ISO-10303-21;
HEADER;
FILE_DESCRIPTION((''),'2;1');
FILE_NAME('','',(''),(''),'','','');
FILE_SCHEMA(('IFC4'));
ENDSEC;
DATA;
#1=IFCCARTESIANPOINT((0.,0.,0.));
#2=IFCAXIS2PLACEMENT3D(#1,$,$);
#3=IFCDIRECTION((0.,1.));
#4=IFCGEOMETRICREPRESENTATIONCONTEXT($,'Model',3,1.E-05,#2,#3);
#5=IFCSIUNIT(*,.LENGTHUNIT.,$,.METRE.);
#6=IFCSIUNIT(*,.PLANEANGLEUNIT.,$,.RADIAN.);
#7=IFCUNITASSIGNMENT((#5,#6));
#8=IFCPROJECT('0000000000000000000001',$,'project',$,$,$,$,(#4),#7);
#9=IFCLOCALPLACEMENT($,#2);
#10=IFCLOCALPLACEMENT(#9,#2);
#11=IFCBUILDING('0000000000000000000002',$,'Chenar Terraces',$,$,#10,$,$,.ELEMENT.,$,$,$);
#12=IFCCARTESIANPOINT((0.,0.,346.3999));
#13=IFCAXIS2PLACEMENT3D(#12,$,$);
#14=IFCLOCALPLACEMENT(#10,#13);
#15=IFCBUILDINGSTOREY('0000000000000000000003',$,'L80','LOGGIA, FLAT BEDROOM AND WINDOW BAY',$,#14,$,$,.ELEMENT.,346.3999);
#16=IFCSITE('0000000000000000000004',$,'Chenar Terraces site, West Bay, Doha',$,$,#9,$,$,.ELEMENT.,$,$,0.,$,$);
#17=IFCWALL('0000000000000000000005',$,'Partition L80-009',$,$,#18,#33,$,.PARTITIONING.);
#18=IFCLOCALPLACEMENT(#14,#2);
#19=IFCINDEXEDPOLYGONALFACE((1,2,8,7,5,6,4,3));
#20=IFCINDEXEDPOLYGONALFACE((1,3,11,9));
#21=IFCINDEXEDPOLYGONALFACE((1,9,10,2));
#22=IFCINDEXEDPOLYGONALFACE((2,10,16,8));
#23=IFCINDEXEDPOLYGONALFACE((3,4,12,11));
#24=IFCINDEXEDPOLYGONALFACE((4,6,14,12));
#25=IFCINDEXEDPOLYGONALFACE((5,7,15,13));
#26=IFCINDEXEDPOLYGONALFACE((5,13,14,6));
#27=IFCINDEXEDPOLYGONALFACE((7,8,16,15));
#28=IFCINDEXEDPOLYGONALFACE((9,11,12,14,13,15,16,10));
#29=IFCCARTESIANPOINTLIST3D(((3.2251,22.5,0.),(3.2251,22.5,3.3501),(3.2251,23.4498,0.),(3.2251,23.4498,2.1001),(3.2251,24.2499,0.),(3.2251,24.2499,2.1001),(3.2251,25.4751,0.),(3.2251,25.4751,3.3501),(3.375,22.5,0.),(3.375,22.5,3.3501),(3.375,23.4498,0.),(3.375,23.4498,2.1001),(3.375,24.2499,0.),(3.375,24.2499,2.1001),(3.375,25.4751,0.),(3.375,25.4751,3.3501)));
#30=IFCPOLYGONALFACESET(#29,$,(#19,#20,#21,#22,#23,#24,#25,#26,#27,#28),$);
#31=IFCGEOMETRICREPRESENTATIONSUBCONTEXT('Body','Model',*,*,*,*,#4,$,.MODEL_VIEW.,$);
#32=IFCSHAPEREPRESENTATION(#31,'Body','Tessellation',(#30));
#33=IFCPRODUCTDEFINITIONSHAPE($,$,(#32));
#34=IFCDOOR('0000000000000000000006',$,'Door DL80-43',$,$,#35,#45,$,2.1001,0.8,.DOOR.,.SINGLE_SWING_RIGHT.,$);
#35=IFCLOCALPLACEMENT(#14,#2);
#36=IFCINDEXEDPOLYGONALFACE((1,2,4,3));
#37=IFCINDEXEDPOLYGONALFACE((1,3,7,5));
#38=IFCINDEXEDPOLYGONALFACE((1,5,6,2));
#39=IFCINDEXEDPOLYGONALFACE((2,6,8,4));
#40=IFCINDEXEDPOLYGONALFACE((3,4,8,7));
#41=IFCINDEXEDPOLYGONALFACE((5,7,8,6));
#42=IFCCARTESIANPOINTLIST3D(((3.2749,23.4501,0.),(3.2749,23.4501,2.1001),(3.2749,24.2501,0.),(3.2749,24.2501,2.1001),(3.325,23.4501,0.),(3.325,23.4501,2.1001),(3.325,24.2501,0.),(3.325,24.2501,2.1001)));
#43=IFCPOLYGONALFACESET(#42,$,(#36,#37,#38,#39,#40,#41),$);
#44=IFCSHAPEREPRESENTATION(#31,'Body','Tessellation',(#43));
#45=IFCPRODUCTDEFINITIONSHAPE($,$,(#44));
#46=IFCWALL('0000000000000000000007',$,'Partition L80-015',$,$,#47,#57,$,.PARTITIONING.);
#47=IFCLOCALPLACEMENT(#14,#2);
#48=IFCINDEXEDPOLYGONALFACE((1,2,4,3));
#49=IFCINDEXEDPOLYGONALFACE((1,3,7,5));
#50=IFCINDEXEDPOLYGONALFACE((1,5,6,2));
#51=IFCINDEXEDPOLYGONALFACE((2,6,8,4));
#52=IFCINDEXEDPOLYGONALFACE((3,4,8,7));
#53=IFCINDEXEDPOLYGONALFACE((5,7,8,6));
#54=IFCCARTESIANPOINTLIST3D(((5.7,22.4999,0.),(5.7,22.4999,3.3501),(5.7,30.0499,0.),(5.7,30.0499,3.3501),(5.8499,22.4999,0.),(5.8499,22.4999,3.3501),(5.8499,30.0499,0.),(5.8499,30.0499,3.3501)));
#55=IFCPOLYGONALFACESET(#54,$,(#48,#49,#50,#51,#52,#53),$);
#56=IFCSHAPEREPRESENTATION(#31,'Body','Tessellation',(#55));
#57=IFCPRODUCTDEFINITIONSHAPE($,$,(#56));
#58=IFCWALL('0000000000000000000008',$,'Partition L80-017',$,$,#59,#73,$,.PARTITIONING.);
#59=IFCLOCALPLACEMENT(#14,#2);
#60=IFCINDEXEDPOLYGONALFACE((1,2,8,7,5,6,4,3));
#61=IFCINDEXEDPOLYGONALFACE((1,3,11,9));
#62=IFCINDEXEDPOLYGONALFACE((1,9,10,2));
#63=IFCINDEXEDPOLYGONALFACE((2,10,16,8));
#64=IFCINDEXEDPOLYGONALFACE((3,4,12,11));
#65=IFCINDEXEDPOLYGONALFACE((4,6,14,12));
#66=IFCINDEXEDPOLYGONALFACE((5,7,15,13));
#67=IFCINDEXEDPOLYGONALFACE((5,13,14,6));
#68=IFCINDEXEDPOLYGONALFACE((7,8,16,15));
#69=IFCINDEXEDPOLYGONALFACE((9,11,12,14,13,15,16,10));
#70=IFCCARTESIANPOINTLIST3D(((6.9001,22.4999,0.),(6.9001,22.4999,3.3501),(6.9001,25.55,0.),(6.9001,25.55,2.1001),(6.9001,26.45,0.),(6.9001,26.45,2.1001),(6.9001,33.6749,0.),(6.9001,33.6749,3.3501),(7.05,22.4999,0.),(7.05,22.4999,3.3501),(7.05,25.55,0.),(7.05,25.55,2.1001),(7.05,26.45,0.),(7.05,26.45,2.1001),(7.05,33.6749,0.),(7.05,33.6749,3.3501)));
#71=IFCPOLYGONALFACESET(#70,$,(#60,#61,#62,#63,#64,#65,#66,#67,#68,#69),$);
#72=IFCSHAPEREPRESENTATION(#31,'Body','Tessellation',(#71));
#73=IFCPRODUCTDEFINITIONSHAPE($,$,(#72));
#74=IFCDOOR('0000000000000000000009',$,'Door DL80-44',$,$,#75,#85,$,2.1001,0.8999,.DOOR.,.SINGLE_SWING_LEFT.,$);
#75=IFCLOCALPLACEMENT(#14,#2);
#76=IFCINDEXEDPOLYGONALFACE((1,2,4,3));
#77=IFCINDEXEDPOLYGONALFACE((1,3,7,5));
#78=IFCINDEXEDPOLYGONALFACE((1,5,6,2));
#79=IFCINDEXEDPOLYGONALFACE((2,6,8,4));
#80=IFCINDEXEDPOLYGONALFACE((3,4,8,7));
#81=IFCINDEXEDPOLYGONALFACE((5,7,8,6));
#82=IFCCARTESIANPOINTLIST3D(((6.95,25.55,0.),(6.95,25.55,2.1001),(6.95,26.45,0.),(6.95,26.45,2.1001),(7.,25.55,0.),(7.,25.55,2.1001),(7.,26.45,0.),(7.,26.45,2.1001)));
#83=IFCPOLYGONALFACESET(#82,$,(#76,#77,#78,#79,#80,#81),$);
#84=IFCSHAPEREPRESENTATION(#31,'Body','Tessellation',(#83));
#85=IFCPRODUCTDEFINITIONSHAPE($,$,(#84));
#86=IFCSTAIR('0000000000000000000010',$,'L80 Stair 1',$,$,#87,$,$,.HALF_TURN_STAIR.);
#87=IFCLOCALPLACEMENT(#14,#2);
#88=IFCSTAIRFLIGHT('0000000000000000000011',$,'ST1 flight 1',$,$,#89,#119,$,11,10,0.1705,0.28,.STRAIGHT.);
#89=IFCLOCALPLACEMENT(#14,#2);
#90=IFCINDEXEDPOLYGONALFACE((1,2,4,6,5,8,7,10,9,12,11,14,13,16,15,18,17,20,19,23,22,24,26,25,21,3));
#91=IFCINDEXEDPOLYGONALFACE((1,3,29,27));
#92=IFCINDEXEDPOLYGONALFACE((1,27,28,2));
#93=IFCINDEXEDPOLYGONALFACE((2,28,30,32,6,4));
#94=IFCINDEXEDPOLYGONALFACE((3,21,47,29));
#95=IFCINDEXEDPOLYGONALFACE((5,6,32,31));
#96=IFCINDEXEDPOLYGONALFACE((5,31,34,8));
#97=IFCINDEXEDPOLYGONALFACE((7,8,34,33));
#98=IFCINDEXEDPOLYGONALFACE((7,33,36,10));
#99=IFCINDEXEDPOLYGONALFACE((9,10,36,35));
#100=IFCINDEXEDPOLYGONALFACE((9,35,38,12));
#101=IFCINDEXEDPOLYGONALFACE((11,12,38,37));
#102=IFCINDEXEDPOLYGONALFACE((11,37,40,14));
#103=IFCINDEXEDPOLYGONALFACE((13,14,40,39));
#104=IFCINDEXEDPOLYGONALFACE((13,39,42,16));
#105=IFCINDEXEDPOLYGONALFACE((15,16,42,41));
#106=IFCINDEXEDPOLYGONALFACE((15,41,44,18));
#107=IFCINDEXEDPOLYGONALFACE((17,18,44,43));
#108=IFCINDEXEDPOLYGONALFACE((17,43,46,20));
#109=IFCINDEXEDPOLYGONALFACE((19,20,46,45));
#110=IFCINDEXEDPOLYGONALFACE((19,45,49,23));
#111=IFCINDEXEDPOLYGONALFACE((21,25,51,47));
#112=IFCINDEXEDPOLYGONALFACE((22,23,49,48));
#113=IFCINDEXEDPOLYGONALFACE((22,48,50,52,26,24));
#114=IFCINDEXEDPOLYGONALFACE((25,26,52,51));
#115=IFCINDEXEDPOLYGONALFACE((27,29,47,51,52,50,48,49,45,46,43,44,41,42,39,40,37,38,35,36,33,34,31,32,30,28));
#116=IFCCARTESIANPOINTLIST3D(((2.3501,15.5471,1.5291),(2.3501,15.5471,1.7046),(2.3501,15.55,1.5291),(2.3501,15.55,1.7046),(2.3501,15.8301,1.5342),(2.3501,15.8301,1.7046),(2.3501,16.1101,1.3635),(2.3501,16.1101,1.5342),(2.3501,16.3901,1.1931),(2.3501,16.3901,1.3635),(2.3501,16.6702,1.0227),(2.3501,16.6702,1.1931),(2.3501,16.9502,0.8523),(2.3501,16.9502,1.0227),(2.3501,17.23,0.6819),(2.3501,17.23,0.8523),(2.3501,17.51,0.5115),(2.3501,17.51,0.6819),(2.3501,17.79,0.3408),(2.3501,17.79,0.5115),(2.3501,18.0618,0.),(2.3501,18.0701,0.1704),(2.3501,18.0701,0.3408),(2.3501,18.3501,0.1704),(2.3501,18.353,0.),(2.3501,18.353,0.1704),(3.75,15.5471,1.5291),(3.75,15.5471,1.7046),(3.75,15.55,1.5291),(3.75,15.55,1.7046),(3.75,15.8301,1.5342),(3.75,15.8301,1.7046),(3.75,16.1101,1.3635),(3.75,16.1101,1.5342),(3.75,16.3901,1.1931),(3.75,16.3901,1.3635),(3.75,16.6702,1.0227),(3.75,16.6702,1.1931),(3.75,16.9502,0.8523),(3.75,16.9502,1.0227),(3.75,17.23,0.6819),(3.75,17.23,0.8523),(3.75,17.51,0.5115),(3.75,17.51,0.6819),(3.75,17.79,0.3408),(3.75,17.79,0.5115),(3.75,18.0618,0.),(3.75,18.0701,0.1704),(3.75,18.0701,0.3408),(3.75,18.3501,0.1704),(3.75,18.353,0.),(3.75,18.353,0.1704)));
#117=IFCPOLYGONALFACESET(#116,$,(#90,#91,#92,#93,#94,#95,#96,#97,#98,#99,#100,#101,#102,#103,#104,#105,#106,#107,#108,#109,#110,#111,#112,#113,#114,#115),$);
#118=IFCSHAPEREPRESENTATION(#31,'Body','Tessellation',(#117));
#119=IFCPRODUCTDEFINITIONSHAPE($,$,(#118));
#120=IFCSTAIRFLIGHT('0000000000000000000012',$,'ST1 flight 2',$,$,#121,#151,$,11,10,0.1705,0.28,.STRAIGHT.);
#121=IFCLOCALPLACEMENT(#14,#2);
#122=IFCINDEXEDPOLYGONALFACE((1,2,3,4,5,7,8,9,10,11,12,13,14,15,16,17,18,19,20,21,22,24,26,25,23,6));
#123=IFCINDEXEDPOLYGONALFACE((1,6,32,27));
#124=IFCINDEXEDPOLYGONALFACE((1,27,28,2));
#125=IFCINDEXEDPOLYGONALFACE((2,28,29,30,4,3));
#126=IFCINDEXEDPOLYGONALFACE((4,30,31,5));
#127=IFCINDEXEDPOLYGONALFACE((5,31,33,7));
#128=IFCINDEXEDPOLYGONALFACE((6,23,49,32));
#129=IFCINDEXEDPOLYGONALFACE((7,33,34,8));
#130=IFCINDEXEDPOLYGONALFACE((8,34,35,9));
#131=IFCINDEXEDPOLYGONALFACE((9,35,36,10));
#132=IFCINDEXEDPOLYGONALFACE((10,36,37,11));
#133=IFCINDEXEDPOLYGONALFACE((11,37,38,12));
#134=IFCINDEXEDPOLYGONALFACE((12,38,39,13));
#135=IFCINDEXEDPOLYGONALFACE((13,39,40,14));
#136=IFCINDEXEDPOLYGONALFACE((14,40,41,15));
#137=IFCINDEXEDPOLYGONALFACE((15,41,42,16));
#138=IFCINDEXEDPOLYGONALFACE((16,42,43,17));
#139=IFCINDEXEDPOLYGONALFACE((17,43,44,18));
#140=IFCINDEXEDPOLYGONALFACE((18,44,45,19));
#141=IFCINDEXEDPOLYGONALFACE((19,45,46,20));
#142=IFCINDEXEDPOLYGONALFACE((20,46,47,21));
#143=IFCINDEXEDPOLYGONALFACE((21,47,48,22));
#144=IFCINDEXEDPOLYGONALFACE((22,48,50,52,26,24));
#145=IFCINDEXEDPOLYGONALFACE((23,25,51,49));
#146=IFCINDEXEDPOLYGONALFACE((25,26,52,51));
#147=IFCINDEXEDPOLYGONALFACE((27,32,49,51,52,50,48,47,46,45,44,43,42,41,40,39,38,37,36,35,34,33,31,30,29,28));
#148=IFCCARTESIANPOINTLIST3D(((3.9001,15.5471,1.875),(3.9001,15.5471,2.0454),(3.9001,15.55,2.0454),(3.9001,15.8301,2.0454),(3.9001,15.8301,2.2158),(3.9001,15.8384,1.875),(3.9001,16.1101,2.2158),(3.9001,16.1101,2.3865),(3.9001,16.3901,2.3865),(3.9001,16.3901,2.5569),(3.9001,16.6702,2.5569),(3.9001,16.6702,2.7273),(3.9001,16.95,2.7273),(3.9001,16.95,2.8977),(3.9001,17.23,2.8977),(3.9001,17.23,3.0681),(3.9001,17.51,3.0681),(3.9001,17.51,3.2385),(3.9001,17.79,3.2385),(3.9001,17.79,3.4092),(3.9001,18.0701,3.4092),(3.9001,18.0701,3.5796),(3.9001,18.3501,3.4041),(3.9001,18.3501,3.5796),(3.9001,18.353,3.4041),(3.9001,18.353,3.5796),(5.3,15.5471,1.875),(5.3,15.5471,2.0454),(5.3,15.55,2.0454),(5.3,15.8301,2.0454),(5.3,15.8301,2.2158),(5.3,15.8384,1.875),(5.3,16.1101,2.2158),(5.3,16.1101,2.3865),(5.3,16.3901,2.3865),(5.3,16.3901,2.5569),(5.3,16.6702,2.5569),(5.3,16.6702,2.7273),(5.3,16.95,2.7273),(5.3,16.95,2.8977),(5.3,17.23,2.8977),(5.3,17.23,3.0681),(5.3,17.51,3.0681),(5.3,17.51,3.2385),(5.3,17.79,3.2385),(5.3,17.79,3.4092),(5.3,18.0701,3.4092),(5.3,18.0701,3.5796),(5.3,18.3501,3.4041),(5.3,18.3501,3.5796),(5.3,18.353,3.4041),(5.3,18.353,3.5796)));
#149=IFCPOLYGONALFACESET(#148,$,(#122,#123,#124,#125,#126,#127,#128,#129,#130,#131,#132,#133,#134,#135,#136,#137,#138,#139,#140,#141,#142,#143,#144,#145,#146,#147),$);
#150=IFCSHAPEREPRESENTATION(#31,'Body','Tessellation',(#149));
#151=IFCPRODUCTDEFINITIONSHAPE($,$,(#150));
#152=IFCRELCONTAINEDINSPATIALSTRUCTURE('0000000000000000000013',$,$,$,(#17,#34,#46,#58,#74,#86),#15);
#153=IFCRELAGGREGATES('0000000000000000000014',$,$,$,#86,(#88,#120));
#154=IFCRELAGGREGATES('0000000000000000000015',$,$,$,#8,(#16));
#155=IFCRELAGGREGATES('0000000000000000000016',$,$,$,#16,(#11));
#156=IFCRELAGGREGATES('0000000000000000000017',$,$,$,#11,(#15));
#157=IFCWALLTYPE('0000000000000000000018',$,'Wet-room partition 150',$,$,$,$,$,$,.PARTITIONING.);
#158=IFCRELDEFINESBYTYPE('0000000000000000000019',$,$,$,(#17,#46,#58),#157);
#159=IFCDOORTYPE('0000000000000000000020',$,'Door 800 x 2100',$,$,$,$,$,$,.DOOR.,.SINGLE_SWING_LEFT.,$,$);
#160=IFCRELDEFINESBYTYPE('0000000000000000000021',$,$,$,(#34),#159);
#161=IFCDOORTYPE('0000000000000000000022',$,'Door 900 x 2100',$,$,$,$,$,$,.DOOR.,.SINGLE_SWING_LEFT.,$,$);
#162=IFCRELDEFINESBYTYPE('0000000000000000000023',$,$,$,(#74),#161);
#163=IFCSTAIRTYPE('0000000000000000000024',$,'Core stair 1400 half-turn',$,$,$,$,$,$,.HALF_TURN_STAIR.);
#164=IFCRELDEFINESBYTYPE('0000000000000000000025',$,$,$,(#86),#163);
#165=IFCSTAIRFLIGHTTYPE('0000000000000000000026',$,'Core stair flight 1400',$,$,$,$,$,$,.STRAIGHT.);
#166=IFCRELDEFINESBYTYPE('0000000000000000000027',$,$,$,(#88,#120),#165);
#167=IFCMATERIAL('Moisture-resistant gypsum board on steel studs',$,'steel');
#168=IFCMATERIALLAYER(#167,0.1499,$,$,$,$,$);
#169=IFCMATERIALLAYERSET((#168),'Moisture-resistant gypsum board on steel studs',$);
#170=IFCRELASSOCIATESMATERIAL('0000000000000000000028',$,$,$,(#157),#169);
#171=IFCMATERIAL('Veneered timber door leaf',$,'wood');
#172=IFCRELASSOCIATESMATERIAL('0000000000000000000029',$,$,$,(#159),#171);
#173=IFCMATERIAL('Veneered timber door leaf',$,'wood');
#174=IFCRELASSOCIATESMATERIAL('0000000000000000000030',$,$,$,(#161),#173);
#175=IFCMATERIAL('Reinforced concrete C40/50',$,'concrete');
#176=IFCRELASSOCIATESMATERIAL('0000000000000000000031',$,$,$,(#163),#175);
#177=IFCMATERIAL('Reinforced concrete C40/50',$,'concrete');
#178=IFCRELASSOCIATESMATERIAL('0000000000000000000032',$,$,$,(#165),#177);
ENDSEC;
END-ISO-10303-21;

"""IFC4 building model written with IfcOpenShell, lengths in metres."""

from ifc_helpers import new_model, si_unit, direction, frame, frame_2d, origin, place, context, subcontext, project, spatial, polyline, rectangle, outline, extrude, material, layer, layer_set, type_object, element, fill, aggregate, save


model = new_model("IFC4")

# Units and contexts
model_context = context("Model", 3, precision=1e-05, world=origin(), true_north=direction((0.0, 1.0)))
body_context = subcontext(model_context, "Body", "Model", "MODEL_VIEW")
ifc_project = project(units=[si_unit("LENGTHUNIT", "METRE"), si_unit("PLANEANGLEUNIT", "RADIAN")], contexts=[model_context])

# Site, building, storey
site_placement = place(None, origin())
site = spatial("IfcSite", under=ifc_project, at=site_placement, Name="Chenar Terraces site, West Bay, Doha", CompositionType="ELEMENT", RefElevation=0.0)
building_placement = place(site_placement, origin())
building = spatial("IfcBuilding", under=site, at=building_placement, Name="Chenar Terraces", CompositionType="ELEMENT")
storey_placement = place(building_placement, frame((0.0, 0.0, 346.3999)))
storey = spatial("IfcBuildingStorey", under=building, at=storey_placement, Name="L80", Description="LOGGIA, FLAT BEDROOM AND WINDOW BAY", CompositionType="ELEMENT", Elevation=346.3999)

# Wall, opening, door
ifc_material_1 = material(Name="Moisture-resistant gypsum board on steel studs", Category="steel")
ifc_layer_1 = layer(ifc_material_1, 0.1499)
ifc_layer_set_1 = layer_set([ifc_layer_1], Name="Moisture-resistant gypsum board on steel studs")
wall_type_1 = type_object("IfcWallType", Name="Wet-room partition 150", PredefinedType="PARTITIONING", material=ifc_layer_set_1)
wall_1_placement = place(storey_placement, frame((3.3, 22.5, 0.0), z_axis=(0.0, 0.0, 1.0), x_axis=(0.0, 1.0, 0.0)))
wall_1 = element("IfcWall", 1, at=wall_1_placement, inside=storey, type_object=wall_type_1, Name="Partition L80-009", PredefinedType="PARTITIONING", context=body_context, shape_type="SweptSolid", body=[
    extrude(rectangle(XDim=2.9751, YDim=0.1499, at=frame_2d((1.4875, 0.0))), origin(), (0.0, 0.0, 1.0), 3.3501),
])
opening_1_placement = place(wall_1_placement, frame((0.95, 0.0, 0.0)))
opening_1 = element("IfcOpeningElement", 2, at=opening_1_placement, cuts=wall_1, PredefinedType="OPENING", context=body_context, shape_type="SweptSolid", body=[
    extrude(rectangle(XDim=0.8, YDim=2.1001, at=frame_2d((0.3999, 1.05))), frame((0.0, 0.085, 0.0), z_axis=(0.0, -1.0, 0.0), x_axis=(1.0, 0.0, 0.0)), (0.0, 0.0, 1.0), 0.1699),
])
ifc_material_2 = material(Name="Veneered timber door leaf", Category="wood")
door_type_1 = type_object("IfcDoorType", Name="Door 800 x 2100", OperationType="SINGLE_SWING_LEFT", PredefinedType="DOOR", material=ifc_material_2)
door_1_placement = place(opening_1_placement, frame((0.8, 0.0, 0.0), z_axis=(0.0, 0.0, 1.0), x_axis=(-1.0, 0.0, 0.0)))
door_1 = element("IfcDoor", 3, at=door_1_placement, inside=storey, type_object=door_type_1, Name="Door DL80-43", OperationType="SINGLE_SWING_RIGHT", OverallHeight=2.1001, OverallWidth=0.8, PredefinedType="DOOR", context=body_context, shape_type="SweptSolid", body=[
    extrude(rectangle(XDim=0.8, YDim=2.1001, at=frame_2d((0.3999, 1.05))), frame((0.0, 0.0249, 0.0), z_axis=(0.0, -1.0, 0.0), x_axis=(1.0, 0.0, 0.0)), (0.0, 0.0, 1.0), 0.05),
])
fill(opening_1, door_1)

# Wall
wall_2_placement = place(storey_placement, frame((5.7749, 22.5, 0.0), z_axis=(0.0, 0.0, 1.0), x_axis=(0.0, 1.0, 0.0)))
element("IfcWall", 4, at=wall_2_placement, inside=storey, type_object=wall_type_1, Name="Partition L80-015", PredefinedType="PARTITIONING", context=body_context, shape_type="SweptSolid", body=[
    extrude(rectangle(XDim=7.55, YDim=0.1499, at=frame_2d((3.7749, 0.0))), origin(), (0.0, 0.0, 1.0), 3.3501),
])

# Wall, opening, door
wall_3_placement = place(storey_placement, frame((6.9751, 22.5, 0.0), z_axis=(0.0, 0.0, 1.0), x_axis=(0.0, 1.0, 0.0)))
wall_3 = element("IfcWall", 5, at=wall_3_placement, inside=storey, type_object=wall_type_1, Name="Partition L80-017", PredefinedType="PARTITIONING", context=body_context, shape_type="SweptSolid", body=[
    extrude(rectangle(XDim=11.175, YDim=0.1499, at=frame_2d((5.5874, 0.0))), origin(), (0.0, 0.0, 1.0), 3.3501),
])
opening_2_placement = place(wall_3_placement, frame((3.05, 0.0, 0.0)))
opening_2 = element("IfcOpeningElement", 6, at=opening_2_placement, cuts=wall_3, PredefinedType="OPENING", context=body_context, shape_type="SweptSolid", body=[
    extrude(rectangle(XDim=0.8999, YDim=2.1001, at=frame_2d((0.45, 1.05))), frame((0.0, 0.085, 0.0), z_axis=(0.0, -1.0, 0.0), x_axis=(1.0, 0.0, 0.0)), (0.0, 0.0, 1.0), 0.1699),
])
ifc_material_3 = material(Name="Veneered timber door leaf", Category="wood")
door_type_2 = type_object("IfcDoorType", Name="Door 900 x 2100", OperationType="SINGLE_SWING_LEFT", PredefinedType="DOOR", material=ifc_material_3)
door_2_placement = place(opening_2_placement, frame((0.8999, 0.0, 0.0), z_axis=(0.0, 0.0, 1.0), x_axis=(-1.0, 0.0, 0.0)))
door_2 = element("IfcDoor", 7, at=door_2_placement, inside=storey, type_object=door_type_2, Name="Door DL80-44", OperationType="SINGLE_SWING_LEFT", OverallHeight=2.1001, OverallWidth=0.8999, PredefinedType="DOOR", context=body_context, shape_type="SweptSolid", body=[
    extrude(rectangle(XDim=0.8999, YDim=2.1001, at=frame_2d((0.45, 1.05))), frame((0.0, 0.0249, 0.0), z_axis=(0.0, -1.0, 0.0), x_axis=(1.0, 0.0, 0.0)), (0.0, 0.0, 1.0), 0.05),
])
fill(opening_2, door_2)

# Stair, stair flights
ifc_material_4 = material(Name="Reinforced concrete C40/50", Category="concrete")
stair_type = type_object("IfcStairType", Name="Core stair 1400 half-turn", PredefinedType="HALF_TURN_STAIR", material=ifc_material_4)
stair_placement = place(storey_placement, origin())
stair = element("IfcStair", 8, at=stair_placement, inside=storey, type_object=stair_type, Name="L80 Stair 1", PredefinedType="HALF_TURN_STAIR")
ifc_material_5 = material(Name="Reinforced concrete C40/50", Category="concrete")
stair_flight_type = type_object("IfcStairFlightType", Name="Core stair flight 1400", PredefinedType="STRAIGHT", material=ifc_material_5)
stair_flight_1_placement = place(storey_placement, frame((3.05, 18.3501, 0.0), z_axis=(0.0, 0.0, 1.0), x_axis=(0.0, -1.0, 0.0)))
stair_flight_1 = element("IfcStairFlight", 9, at=stair_flight_1_placement, type_object=stair_flight_type, Name="ST1 flight 1", NumberOfRisers=11, NumberOfTreads=10, PredefinedType="STRAIGHT", RiserHeight=0.1705, TreadLength=0.28, context=body_context, shape_type="SweptSolid", body=[
    extrude(outline(polyline([(-0.0029, 0.0), (-0.0029, 0.1704), (0.0, 0.1704), (0.28, 0.1704), (0.28, 0.3408), (0.5601, 0.3408), (0.5601, 0.5115), (0.8401, 0.5115), (0.8401, 0.6819), (1.1201, 0.6819), (1.1201, 0.8523), (1.3999, 0.8523), (1.3999, 1.0227), (1.6799, 1.0227), (1.6799, 1.1931), (1.96, 1.1931), (1.96, 1.3635), (2.24, 1.3635), (2.24, 1.5342), (2.52, 1.5342), (2.52, 1.7046), (2.8, 1.7046), (2.803, 1.7046), (2.803, 1.5291), (2.8, 1.5291), (0.2883, 0.0), (-0.0029, 0.0)])), frame((0.0, 0.7, 0.0), z_axis=(0.0, -1.0, 0.0), x_axis=(1.0, 0.0, 0.0)), (0.0, 0.0, 1.0), 1.3999),
])
stair_flight_2_placement = place(storey_placement, frame((4.6001, 15.55, 1.875), z_axis=(0.0, 0.0, 1.0), x_axis=(0.0, 1.0, 0.0)))
stair_flight_2 = element("IfcStairFlight", 10, at=stair_flight_2_placement, type_object=stair_flight_type, Name="ST1 flight 2", NumberOfRisers=11, NumberOfTreads=10, PredefinedType="STRAIGHT", RiserHeight=0.1705, TreadLength=0.28, context=body_context, shape_type="SweptSolid", body=[
    extrude(outline(polyline([(-0.0029, 0.0), (-0.0029, 0.1704), (0.0, 0.1704), (0.28, 0.1704), (0.28, 0.3408), (0.5601, 0.3408), (0.5601, 0.5115), (0.8401, 0.5115), (0.8401, 0.6819), (1.1201, 0.6819), (1.1201, 0.8523), (1.3999, 0.8523), (1.3999, 1.0227), (1.6799, 1.0227), (1.6799, 1.1931), (1.96, 1.1931), (1.96, 1.3635), (2.24, 1.3635), (2.24, 1.5342), (2.52, 1.5342), (2.52, 1.7046), (2.8, 1.7046), (2.803, 1.7046), (2.803, 1.5291), (2.8, 1.5291), (0.2883, 0.0), (-0.0029, 0.0)])), frame((0.0, 0.7, 0.0), z_axis=(0.0, -1.0, 0.0), x_axis=(1.0, 0.0, 0.0)), (0.0, 0.0, 1.0), 1.3999),
])
aggregate(stair, [stair_flight_1, stair_flight_2])

save(model, "model.ifc")
